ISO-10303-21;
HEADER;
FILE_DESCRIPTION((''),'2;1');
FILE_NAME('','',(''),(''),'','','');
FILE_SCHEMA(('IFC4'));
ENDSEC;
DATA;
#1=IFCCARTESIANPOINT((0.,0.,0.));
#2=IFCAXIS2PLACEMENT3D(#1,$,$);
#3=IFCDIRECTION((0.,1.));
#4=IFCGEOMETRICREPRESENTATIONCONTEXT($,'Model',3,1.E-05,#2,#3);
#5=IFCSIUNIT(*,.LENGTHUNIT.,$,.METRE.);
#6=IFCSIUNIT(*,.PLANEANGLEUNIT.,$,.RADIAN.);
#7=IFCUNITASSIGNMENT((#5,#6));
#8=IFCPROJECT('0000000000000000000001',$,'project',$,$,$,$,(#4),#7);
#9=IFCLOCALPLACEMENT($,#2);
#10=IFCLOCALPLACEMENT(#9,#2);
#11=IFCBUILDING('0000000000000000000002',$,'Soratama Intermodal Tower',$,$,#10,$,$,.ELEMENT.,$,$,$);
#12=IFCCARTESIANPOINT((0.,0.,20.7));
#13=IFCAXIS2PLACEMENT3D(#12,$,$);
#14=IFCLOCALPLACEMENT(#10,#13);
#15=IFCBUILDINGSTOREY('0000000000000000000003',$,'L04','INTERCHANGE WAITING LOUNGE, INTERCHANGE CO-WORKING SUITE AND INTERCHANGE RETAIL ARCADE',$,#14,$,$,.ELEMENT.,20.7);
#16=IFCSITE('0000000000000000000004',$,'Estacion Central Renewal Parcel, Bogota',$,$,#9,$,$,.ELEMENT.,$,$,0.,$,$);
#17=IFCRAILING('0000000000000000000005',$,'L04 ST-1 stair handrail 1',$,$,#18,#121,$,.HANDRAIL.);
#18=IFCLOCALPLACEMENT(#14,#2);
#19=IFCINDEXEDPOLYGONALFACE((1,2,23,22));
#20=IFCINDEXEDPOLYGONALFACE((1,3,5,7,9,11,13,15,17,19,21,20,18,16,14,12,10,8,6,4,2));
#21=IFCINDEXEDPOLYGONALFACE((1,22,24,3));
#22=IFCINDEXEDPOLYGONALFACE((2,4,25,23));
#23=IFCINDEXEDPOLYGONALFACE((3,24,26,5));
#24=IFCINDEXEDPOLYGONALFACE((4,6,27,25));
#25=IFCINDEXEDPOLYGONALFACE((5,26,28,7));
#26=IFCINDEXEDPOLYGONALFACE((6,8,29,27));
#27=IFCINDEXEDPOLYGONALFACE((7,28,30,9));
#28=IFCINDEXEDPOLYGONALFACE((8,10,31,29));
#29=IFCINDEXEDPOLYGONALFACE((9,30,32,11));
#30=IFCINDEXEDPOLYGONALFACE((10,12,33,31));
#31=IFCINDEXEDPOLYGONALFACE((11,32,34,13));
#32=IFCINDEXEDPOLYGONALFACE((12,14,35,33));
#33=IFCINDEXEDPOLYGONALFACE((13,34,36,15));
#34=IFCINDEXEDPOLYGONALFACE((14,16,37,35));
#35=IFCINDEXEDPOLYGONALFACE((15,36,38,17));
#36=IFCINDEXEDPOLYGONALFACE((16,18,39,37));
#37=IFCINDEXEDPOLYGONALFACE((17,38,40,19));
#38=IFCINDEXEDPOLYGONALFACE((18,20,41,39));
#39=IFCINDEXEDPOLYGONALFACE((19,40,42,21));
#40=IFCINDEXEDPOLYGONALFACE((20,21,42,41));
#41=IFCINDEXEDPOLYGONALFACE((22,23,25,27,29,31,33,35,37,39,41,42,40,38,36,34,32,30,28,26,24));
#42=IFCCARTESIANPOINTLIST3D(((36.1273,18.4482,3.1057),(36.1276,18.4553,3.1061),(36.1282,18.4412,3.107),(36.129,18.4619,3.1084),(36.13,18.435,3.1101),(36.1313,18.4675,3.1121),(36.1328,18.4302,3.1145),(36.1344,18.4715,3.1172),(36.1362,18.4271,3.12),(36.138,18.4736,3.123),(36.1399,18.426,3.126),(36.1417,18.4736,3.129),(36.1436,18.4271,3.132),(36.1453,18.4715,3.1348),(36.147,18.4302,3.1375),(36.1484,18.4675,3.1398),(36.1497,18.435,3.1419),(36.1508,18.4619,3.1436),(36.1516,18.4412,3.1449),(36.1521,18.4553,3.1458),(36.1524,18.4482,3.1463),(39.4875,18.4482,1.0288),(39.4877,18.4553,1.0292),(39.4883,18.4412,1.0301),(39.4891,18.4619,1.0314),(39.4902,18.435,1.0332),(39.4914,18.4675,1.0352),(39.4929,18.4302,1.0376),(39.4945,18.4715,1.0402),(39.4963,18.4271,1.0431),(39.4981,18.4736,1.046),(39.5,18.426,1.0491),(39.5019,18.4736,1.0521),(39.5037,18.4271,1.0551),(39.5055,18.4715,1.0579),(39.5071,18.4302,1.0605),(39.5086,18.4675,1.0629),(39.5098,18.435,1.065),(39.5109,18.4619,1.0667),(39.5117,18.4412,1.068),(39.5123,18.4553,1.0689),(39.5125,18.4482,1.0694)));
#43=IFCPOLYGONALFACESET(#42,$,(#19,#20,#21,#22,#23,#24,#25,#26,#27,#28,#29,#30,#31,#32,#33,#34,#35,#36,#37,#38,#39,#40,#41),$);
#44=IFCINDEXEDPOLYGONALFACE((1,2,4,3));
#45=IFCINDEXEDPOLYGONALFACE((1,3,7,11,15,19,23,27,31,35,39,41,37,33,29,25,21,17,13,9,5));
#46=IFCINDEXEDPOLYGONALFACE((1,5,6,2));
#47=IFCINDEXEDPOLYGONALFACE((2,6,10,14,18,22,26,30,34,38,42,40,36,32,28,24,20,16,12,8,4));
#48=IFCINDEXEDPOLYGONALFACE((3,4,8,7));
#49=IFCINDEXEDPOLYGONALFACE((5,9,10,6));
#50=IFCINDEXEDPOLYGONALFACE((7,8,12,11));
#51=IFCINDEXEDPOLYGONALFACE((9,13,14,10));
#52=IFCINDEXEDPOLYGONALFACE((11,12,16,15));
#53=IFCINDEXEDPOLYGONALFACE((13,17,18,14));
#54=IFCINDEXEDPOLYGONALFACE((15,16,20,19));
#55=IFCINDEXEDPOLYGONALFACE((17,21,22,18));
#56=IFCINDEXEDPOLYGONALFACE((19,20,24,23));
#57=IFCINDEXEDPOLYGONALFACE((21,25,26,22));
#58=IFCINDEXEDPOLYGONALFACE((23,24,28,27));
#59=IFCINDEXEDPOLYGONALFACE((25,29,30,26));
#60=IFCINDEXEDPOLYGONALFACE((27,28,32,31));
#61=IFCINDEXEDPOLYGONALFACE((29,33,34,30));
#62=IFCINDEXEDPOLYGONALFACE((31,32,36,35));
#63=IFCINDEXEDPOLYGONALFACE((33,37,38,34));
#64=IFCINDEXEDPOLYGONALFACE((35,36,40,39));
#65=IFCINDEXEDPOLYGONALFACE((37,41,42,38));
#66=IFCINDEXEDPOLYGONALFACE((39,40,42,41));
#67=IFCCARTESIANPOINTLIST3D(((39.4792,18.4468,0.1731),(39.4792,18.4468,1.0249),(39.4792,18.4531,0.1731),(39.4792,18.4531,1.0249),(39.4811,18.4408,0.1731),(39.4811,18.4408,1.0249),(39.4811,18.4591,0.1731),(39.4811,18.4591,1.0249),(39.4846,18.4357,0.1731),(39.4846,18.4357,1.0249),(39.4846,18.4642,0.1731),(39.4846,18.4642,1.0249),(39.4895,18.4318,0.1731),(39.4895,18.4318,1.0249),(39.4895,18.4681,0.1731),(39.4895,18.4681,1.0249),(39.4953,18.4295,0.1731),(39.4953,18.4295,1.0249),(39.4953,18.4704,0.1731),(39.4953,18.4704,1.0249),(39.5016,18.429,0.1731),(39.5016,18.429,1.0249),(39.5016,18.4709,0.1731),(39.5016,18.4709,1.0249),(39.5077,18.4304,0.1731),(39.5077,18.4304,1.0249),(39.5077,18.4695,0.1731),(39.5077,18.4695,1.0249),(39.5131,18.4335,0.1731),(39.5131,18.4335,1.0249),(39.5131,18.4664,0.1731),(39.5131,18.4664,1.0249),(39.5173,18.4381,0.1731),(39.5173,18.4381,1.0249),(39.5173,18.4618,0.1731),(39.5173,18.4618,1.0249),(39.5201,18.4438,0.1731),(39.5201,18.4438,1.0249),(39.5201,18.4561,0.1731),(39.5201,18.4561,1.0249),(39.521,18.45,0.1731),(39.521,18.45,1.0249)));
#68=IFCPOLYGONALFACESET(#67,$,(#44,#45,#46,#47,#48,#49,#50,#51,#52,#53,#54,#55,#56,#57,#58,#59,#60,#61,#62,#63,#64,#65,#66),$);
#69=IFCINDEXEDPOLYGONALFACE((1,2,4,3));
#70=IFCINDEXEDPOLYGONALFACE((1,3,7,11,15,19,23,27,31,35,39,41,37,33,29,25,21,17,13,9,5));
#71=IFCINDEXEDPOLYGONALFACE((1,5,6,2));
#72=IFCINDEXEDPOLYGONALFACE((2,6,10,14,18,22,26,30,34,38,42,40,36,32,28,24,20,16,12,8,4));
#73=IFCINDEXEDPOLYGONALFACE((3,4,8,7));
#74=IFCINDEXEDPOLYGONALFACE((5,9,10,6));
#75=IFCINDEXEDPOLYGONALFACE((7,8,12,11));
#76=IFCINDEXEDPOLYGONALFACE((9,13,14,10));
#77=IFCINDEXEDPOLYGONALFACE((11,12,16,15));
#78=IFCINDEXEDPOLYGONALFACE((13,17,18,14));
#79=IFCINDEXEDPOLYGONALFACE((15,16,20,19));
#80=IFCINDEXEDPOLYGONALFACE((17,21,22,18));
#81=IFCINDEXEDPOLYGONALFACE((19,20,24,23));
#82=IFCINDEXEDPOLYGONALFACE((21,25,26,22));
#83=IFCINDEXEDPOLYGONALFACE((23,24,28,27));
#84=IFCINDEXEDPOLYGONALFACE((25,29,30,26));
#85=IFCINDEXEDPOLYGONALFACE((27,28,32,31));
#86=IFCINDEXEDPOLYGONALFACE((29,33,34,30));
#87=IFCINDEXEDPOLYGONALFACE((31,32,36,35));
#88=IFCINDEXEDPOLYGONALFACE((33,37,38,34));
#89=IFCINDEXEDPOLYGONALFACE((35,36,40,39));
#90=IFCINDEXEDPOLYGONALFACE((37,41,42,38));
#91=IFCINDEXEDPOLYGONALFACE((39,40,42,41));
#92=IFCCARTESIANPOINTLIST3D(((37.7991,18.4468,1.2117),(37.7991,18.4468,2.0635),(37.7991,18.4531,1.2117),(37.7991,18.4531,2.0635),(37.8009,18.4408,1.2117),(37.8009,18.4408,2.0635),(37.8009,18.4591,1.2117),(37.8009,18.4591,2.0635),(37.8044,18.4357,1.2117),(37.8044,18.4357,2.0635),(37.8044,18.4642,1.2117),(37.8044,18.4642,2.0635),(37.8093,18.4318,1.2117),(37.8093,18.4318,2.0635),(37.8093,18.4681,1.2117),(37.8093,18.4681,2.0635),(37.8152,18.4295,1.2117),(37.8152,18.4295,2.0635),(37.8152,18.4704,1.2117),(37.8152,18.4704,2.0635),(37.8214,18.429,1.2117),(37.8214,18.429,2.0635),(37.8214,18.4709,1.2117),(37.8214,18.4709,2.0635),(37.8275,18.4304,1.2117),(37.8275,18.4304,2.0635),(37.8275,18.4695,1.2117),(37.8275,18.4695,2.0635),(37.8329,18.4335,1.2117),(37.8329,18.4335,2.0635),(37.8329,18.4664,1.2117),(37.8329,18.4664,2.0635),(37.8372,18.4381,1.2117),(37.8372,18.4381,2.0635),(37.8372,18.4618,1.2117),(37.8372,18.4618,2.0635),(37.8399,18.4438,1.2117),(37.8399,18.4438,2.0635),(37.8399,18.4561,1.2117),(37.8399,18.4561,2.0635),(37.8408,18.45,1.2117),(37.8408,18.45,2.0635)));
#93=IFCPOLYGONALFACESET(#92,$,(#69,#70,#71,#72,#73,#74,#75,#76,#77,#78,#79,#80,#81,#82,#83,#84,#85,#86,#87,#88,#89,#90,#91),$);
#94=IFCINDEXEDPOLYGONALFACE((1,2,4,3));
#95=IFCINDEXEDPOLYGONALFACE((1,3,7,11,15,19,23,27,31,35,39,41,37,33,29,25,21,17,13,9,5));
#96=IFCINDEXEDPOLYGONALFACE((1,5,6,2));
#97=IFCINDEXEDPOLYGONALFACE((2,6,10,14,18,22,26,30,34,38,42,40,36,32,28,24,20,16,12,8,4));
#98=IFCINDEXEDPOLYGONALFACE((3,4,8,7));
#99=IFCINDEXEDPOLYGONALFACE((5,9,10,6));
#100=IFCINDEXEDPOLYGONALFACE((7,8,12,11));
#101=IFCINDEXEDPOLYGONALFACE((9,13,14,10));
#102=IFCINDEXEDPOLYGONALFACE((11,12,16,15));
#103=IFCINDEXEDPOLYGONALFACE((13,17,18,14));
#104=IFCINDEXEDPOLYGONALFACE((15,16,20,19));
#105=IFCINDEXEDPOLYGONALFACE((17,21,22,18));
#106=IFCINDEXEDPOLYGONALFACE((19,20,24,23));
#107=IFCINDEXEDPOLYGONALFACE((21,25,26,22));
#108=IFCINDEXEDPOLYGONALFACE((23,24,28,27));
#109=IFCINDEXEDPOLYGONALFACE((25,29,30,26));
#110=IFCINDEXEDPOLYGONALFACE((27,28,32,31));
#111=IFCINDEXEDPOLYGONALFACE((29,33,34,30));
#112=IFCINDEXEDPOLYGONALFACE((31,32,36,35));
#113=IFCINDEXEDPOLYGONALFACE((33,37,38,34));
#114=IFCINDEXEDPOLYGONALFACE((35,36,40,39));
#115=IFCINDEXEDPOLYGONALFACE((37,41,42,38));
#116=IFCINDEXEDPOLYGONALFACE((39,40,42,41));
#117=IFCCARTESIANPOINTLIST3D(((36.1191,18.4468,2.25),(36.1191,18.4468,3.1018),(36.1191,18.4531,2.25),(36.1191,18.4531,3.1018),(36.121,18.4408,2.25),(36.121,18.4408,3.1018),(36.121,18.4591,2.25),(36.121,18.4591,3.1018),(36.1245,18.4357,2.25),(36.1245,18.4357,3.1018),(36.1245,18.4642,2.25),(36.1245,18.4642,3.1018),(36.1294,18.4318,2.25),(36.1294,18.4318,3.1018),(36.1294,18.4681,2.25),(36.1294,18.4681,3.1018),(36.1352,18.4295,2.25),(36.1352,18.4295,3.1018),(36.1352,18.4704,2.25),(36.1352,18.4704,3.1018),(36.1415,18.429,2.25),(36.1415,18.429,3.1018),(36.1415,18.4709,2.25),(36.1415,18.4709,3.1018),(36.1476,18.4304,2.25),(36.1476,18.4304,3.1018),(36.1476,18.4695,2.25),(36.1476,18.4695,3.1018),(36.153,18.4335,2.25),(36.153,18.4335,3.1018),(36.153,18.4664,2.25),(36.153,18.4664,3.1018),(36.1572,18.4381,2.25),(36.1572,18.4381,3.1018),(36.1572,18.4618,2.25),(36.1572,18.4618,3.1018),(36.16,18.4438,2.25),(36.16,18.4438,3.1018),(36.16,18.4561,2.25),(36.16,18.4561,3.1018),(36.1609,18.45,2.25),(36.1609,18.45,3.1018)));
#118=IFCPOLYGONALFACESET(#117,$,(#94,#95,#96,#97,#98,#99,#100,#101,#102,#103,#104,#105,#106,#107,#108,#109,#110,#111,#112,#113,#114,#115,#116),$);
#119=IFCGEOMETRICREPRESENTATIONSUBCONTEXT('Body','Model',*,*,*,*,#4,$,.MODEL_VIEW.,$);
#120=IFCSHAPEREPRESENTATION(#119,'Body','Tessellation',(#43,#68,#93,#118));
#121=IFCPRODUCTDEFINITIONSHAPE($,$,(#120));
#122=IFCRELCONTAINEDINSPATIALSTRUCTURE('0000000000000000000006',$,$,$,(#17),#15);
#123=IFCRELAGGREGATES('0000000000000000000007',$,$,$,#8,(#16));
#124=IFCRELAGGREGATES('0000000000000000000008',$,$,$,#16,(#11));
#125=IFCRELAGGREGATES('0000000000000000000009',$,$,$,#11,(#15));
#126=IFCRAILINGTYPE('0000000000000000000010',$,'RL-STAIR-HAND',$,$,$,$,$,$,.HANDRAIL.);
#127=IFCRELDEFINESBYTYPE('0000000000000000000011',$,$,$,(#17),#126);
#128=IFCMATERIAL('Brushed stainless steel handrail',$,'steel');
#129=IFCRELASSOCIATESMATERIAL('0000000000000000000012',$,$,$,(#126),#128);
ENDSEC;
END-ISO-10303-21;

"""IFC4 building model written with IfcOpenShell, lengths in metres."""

from ifc_helpers import new_model, si_unit, direction, frame, origin, origin_2d, place, context, subcontext, project, spatial, circle, extrude, material, type_object, element, save


model = new_model("IFC4")

# Units and contexts
model_context = context("Model", 3, precision=1e-05, world=origin(), true_north=direction((0.0, 1.0)))
body_context = subcontext(model_context, "Body", "Model", "MODEL_VIEW")
ifc_project = project(units=[si_unit("LENGTHUNIT", "METRE"), si_unit("PLANEANGLEUNIT", "RADIAN")], contexts=[model_context])

# Site, building, storey
site_placement = place(None, origin())
site = spatial("IfcSite", under=ifc_project, at=site_placement, Name="Estacion Central Renewal Parcel, Bogota", CompositionType="ELEMENT", RefElevation=0.0)
building_placement = place(site_placement, origin())
building = spatial("IfcBuilding", under=site, at=building_placement, Name="Soratama Intermodal Tower", CompositionType="ELEMENT")
storey_placement = place(building_placement, frame((0.0, 0.0, 20.7)))
storey = spatial("IfcBuildingStorey", under=building, at=storey_placement, Name="L04", Description="INTERCHANGE WAITING LOUNGE, INTERCHANGE CO-WORKING SUITE AND INTERCHANGE RETAIL ARCADE", CompositionType="ELEMENT", Elevation=20.7)

# Railing
ifc_material_1 = material(Name="Brushed stainless steel handrail", Category="steel")
railing_type_1 = type_object("IfcRailingType", Name="RL-STAIR-HAND", PredefinedType="HANDRAIL", material=ifc_material_1)
railing_1_placement = place(storey_placement, frame((39.5, 18.45, 0.1731)))
element("IfcRailing", 1, at=railing_1_placement, inside=storey, type_object=railing_type_1, Name="L04 ST-1 stair handrail 1", PredefinedType="HANDRAIL", context=body_context, shape_type="SweptSolid", body=[
    extrude(circle(Radius=0.0239, at=origin_2d()), frame((0.0, 0.0, 0.876), z_axis=(-0.850623, 0.0, 0.525776), x_axis=(0.0, -1.0, 0.0)), (0.0, 0.0, 1.0), 3.9502),
    extrude(circle(Radius=0.021, at=origin_2d()), origin(), (0.0, 0.0, 1.0), 0.8518),
    extrude(circle(Radius=0.021, at=origin_2d()), frame((-1.6802, 0.0, 1.0386)), (0.0, 0.0, 1.0), 0.8518),
    extrude(circle(Radius=0.021, at=origin_2d()), frame((-3.3601, 0.0, 2.0769)), (0.0, 0.0, 1.0), 0.8518),
])

save(model, "model.ifc")
